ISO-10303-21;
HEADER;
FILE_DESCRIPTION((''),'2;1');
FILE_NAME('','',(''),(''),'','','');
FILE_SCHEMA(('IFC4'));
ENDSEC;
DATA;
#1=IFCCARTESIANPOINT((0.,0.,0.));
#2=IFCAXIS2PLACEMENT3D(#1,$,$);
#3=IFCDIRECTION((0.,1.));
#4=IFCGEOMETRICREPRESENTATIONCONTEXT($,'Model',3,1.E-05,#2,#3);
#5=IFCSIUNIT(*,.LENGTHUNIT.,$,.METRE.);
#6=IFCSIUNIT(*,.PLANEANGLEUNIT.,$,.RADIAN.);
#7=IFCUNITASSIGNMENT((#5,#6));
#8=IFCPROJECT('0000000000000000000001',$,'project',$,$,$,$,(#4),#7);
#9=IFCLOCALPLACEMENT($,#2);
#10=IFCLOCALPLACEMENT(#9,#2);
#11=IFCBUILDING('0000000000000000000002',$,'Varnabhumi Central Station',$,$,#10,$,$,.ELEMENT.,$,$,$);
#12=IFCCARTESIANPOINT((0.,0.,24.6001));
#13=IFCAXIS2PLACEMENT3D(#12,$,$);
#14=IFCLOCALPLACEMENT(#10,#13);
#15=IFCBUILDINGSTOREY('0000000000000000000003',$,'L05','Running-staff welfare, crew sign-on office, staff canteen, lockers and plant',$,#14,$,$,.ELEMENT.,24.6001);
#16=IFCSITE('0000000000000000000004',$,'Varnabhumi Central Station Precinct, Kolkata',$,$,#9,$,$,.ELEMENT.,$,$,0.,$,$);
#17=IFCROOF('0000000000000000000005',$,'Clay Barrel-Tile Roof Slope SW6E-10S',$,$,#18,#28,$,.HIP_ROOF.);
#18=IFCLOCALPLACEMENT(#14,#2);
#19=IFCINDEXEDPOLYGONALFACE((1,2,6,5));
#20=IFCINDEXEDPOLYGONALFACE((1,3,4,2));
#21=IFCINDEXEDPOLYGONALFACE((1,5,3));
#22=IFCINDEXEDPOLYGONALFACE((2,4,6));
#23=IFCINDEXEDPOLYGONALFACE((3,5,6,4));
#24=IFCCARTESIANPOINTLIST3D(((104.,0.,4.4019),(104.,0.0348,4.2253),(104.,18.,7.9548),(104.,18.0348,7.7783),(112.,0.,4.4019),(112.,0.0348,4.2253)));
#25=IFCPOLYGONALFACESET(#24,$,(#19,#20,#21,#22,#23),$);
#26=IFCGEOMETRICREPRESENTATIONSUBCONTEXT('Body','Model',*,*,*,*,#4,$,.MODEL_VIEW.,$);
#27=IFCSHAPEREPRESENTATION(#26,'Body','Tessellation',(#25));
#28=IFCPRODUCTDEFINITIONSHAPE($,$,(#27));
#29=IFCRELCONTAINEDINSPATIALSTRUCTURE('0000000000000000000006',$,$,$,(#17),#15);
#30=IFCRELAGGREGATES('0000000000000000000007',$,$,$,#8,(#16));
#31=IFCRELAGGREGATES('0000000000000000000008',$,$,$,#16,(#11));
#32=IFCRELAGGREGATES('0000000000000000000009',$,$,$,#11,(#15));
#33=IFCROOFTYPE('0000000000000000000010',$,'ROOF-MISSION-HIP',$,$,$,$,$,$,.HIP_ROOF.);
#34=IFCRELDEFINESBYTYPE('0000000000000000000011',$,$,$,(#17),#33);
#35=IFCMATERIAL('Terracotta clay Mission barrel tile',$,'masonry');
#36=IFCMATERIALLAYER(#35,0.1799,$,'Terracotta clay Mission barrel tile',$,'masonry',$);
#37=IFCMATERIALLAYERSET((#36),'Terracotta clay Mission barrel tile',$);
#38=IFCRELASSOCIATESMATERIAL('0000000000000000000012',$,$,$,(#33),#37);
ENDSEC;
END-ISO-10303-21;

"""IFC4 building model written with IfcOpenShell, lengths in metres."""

from ifc_helpers import new_model, si_unit, direction, frame, origin, place, context, subcontext, project, spatial, polyline, outline, extrude, material, layer, layer_set, type_object, element, save


model = new_model("IFC4")

# Units and contexts
model_context = context("Model", 3, precision=1e-05, world=origin(), true_north=direction((0.0, 1.0)))
body_context = subcontext(model_context, "Body", "Model", "MODEL_VIEW")
ifc_project = project(units=[si_unit("LENGTHUNIT", "METRE"), si_unit("PLANEANGLEUNIT", "RADIAN")], contexts=[model_context])

# Site, building, storey
site_placement = place(None, origin())
site = spatial("IfcSite", under=ifc_project, at=site_placement, Name="Varnabhumi Central Station Precinct, Kolkata", CompositionType="ELEMENT", RefElevation=0.0)
building_placement = place(site_placement, origin())
building = spatial("IfcBuilding", under=site, at=building_placement, Name="Varnabhumi Central Station", CompositionType="ELEMENT")
storey_placement = place(building_placement, frame((0.0, 0.0, 24.6001)))
storey = spatial("IfcBuildingStorey", under=building, at=storey_placement, Name="L05", Description="Running-staff welfare, crew sign-on office, staff canteen, lockers and plant", CompositionType="ELEMENT", Elevation=24.6001)

# Roof
ifc_material_1 = material(Name="Terracotta clay Mission barrel tile", Category="masonry")
ifc_layer_1 = layer(ifc_material_1, 0.1799, Name="Terracotta clay Mission barrel tile", Category="masonry")
ifc_layer_set_1 = layer_set([ifc_layer_1], Name="Terracotta clay Mission barrel tile")
roof_type = type_object("IfcRoofType", Name="ROOF-MISSION-HIP", PredefinedType="HIP_ROOF", material=ifc_layer_set_1)
roof_placement = place(storey_placement, frame((104.0, 0.0, 4.4019), z_axis=(0.0, -0.193651, 0.98107), x_axis=(1.0, 0.0, 0.0)))
element("IfcRoof", 1, at=roof_placement, inside=storey, type_object=roof_type, Name="Clay Barrel-Tile Roof Slope SW6E-10S", PredefinedType="HIP_ROOF", context=body_context, shape_type="SweptSolid", body=[
    extrude(outline(polyline([(0.0, 0.0), (8.0, 0.0), (0.0, 18.3473), (0.0, 0.0)])), origin(), (0.0, 0.0, -1.0), 0.1799),
])

save(model, "model.ifc")
